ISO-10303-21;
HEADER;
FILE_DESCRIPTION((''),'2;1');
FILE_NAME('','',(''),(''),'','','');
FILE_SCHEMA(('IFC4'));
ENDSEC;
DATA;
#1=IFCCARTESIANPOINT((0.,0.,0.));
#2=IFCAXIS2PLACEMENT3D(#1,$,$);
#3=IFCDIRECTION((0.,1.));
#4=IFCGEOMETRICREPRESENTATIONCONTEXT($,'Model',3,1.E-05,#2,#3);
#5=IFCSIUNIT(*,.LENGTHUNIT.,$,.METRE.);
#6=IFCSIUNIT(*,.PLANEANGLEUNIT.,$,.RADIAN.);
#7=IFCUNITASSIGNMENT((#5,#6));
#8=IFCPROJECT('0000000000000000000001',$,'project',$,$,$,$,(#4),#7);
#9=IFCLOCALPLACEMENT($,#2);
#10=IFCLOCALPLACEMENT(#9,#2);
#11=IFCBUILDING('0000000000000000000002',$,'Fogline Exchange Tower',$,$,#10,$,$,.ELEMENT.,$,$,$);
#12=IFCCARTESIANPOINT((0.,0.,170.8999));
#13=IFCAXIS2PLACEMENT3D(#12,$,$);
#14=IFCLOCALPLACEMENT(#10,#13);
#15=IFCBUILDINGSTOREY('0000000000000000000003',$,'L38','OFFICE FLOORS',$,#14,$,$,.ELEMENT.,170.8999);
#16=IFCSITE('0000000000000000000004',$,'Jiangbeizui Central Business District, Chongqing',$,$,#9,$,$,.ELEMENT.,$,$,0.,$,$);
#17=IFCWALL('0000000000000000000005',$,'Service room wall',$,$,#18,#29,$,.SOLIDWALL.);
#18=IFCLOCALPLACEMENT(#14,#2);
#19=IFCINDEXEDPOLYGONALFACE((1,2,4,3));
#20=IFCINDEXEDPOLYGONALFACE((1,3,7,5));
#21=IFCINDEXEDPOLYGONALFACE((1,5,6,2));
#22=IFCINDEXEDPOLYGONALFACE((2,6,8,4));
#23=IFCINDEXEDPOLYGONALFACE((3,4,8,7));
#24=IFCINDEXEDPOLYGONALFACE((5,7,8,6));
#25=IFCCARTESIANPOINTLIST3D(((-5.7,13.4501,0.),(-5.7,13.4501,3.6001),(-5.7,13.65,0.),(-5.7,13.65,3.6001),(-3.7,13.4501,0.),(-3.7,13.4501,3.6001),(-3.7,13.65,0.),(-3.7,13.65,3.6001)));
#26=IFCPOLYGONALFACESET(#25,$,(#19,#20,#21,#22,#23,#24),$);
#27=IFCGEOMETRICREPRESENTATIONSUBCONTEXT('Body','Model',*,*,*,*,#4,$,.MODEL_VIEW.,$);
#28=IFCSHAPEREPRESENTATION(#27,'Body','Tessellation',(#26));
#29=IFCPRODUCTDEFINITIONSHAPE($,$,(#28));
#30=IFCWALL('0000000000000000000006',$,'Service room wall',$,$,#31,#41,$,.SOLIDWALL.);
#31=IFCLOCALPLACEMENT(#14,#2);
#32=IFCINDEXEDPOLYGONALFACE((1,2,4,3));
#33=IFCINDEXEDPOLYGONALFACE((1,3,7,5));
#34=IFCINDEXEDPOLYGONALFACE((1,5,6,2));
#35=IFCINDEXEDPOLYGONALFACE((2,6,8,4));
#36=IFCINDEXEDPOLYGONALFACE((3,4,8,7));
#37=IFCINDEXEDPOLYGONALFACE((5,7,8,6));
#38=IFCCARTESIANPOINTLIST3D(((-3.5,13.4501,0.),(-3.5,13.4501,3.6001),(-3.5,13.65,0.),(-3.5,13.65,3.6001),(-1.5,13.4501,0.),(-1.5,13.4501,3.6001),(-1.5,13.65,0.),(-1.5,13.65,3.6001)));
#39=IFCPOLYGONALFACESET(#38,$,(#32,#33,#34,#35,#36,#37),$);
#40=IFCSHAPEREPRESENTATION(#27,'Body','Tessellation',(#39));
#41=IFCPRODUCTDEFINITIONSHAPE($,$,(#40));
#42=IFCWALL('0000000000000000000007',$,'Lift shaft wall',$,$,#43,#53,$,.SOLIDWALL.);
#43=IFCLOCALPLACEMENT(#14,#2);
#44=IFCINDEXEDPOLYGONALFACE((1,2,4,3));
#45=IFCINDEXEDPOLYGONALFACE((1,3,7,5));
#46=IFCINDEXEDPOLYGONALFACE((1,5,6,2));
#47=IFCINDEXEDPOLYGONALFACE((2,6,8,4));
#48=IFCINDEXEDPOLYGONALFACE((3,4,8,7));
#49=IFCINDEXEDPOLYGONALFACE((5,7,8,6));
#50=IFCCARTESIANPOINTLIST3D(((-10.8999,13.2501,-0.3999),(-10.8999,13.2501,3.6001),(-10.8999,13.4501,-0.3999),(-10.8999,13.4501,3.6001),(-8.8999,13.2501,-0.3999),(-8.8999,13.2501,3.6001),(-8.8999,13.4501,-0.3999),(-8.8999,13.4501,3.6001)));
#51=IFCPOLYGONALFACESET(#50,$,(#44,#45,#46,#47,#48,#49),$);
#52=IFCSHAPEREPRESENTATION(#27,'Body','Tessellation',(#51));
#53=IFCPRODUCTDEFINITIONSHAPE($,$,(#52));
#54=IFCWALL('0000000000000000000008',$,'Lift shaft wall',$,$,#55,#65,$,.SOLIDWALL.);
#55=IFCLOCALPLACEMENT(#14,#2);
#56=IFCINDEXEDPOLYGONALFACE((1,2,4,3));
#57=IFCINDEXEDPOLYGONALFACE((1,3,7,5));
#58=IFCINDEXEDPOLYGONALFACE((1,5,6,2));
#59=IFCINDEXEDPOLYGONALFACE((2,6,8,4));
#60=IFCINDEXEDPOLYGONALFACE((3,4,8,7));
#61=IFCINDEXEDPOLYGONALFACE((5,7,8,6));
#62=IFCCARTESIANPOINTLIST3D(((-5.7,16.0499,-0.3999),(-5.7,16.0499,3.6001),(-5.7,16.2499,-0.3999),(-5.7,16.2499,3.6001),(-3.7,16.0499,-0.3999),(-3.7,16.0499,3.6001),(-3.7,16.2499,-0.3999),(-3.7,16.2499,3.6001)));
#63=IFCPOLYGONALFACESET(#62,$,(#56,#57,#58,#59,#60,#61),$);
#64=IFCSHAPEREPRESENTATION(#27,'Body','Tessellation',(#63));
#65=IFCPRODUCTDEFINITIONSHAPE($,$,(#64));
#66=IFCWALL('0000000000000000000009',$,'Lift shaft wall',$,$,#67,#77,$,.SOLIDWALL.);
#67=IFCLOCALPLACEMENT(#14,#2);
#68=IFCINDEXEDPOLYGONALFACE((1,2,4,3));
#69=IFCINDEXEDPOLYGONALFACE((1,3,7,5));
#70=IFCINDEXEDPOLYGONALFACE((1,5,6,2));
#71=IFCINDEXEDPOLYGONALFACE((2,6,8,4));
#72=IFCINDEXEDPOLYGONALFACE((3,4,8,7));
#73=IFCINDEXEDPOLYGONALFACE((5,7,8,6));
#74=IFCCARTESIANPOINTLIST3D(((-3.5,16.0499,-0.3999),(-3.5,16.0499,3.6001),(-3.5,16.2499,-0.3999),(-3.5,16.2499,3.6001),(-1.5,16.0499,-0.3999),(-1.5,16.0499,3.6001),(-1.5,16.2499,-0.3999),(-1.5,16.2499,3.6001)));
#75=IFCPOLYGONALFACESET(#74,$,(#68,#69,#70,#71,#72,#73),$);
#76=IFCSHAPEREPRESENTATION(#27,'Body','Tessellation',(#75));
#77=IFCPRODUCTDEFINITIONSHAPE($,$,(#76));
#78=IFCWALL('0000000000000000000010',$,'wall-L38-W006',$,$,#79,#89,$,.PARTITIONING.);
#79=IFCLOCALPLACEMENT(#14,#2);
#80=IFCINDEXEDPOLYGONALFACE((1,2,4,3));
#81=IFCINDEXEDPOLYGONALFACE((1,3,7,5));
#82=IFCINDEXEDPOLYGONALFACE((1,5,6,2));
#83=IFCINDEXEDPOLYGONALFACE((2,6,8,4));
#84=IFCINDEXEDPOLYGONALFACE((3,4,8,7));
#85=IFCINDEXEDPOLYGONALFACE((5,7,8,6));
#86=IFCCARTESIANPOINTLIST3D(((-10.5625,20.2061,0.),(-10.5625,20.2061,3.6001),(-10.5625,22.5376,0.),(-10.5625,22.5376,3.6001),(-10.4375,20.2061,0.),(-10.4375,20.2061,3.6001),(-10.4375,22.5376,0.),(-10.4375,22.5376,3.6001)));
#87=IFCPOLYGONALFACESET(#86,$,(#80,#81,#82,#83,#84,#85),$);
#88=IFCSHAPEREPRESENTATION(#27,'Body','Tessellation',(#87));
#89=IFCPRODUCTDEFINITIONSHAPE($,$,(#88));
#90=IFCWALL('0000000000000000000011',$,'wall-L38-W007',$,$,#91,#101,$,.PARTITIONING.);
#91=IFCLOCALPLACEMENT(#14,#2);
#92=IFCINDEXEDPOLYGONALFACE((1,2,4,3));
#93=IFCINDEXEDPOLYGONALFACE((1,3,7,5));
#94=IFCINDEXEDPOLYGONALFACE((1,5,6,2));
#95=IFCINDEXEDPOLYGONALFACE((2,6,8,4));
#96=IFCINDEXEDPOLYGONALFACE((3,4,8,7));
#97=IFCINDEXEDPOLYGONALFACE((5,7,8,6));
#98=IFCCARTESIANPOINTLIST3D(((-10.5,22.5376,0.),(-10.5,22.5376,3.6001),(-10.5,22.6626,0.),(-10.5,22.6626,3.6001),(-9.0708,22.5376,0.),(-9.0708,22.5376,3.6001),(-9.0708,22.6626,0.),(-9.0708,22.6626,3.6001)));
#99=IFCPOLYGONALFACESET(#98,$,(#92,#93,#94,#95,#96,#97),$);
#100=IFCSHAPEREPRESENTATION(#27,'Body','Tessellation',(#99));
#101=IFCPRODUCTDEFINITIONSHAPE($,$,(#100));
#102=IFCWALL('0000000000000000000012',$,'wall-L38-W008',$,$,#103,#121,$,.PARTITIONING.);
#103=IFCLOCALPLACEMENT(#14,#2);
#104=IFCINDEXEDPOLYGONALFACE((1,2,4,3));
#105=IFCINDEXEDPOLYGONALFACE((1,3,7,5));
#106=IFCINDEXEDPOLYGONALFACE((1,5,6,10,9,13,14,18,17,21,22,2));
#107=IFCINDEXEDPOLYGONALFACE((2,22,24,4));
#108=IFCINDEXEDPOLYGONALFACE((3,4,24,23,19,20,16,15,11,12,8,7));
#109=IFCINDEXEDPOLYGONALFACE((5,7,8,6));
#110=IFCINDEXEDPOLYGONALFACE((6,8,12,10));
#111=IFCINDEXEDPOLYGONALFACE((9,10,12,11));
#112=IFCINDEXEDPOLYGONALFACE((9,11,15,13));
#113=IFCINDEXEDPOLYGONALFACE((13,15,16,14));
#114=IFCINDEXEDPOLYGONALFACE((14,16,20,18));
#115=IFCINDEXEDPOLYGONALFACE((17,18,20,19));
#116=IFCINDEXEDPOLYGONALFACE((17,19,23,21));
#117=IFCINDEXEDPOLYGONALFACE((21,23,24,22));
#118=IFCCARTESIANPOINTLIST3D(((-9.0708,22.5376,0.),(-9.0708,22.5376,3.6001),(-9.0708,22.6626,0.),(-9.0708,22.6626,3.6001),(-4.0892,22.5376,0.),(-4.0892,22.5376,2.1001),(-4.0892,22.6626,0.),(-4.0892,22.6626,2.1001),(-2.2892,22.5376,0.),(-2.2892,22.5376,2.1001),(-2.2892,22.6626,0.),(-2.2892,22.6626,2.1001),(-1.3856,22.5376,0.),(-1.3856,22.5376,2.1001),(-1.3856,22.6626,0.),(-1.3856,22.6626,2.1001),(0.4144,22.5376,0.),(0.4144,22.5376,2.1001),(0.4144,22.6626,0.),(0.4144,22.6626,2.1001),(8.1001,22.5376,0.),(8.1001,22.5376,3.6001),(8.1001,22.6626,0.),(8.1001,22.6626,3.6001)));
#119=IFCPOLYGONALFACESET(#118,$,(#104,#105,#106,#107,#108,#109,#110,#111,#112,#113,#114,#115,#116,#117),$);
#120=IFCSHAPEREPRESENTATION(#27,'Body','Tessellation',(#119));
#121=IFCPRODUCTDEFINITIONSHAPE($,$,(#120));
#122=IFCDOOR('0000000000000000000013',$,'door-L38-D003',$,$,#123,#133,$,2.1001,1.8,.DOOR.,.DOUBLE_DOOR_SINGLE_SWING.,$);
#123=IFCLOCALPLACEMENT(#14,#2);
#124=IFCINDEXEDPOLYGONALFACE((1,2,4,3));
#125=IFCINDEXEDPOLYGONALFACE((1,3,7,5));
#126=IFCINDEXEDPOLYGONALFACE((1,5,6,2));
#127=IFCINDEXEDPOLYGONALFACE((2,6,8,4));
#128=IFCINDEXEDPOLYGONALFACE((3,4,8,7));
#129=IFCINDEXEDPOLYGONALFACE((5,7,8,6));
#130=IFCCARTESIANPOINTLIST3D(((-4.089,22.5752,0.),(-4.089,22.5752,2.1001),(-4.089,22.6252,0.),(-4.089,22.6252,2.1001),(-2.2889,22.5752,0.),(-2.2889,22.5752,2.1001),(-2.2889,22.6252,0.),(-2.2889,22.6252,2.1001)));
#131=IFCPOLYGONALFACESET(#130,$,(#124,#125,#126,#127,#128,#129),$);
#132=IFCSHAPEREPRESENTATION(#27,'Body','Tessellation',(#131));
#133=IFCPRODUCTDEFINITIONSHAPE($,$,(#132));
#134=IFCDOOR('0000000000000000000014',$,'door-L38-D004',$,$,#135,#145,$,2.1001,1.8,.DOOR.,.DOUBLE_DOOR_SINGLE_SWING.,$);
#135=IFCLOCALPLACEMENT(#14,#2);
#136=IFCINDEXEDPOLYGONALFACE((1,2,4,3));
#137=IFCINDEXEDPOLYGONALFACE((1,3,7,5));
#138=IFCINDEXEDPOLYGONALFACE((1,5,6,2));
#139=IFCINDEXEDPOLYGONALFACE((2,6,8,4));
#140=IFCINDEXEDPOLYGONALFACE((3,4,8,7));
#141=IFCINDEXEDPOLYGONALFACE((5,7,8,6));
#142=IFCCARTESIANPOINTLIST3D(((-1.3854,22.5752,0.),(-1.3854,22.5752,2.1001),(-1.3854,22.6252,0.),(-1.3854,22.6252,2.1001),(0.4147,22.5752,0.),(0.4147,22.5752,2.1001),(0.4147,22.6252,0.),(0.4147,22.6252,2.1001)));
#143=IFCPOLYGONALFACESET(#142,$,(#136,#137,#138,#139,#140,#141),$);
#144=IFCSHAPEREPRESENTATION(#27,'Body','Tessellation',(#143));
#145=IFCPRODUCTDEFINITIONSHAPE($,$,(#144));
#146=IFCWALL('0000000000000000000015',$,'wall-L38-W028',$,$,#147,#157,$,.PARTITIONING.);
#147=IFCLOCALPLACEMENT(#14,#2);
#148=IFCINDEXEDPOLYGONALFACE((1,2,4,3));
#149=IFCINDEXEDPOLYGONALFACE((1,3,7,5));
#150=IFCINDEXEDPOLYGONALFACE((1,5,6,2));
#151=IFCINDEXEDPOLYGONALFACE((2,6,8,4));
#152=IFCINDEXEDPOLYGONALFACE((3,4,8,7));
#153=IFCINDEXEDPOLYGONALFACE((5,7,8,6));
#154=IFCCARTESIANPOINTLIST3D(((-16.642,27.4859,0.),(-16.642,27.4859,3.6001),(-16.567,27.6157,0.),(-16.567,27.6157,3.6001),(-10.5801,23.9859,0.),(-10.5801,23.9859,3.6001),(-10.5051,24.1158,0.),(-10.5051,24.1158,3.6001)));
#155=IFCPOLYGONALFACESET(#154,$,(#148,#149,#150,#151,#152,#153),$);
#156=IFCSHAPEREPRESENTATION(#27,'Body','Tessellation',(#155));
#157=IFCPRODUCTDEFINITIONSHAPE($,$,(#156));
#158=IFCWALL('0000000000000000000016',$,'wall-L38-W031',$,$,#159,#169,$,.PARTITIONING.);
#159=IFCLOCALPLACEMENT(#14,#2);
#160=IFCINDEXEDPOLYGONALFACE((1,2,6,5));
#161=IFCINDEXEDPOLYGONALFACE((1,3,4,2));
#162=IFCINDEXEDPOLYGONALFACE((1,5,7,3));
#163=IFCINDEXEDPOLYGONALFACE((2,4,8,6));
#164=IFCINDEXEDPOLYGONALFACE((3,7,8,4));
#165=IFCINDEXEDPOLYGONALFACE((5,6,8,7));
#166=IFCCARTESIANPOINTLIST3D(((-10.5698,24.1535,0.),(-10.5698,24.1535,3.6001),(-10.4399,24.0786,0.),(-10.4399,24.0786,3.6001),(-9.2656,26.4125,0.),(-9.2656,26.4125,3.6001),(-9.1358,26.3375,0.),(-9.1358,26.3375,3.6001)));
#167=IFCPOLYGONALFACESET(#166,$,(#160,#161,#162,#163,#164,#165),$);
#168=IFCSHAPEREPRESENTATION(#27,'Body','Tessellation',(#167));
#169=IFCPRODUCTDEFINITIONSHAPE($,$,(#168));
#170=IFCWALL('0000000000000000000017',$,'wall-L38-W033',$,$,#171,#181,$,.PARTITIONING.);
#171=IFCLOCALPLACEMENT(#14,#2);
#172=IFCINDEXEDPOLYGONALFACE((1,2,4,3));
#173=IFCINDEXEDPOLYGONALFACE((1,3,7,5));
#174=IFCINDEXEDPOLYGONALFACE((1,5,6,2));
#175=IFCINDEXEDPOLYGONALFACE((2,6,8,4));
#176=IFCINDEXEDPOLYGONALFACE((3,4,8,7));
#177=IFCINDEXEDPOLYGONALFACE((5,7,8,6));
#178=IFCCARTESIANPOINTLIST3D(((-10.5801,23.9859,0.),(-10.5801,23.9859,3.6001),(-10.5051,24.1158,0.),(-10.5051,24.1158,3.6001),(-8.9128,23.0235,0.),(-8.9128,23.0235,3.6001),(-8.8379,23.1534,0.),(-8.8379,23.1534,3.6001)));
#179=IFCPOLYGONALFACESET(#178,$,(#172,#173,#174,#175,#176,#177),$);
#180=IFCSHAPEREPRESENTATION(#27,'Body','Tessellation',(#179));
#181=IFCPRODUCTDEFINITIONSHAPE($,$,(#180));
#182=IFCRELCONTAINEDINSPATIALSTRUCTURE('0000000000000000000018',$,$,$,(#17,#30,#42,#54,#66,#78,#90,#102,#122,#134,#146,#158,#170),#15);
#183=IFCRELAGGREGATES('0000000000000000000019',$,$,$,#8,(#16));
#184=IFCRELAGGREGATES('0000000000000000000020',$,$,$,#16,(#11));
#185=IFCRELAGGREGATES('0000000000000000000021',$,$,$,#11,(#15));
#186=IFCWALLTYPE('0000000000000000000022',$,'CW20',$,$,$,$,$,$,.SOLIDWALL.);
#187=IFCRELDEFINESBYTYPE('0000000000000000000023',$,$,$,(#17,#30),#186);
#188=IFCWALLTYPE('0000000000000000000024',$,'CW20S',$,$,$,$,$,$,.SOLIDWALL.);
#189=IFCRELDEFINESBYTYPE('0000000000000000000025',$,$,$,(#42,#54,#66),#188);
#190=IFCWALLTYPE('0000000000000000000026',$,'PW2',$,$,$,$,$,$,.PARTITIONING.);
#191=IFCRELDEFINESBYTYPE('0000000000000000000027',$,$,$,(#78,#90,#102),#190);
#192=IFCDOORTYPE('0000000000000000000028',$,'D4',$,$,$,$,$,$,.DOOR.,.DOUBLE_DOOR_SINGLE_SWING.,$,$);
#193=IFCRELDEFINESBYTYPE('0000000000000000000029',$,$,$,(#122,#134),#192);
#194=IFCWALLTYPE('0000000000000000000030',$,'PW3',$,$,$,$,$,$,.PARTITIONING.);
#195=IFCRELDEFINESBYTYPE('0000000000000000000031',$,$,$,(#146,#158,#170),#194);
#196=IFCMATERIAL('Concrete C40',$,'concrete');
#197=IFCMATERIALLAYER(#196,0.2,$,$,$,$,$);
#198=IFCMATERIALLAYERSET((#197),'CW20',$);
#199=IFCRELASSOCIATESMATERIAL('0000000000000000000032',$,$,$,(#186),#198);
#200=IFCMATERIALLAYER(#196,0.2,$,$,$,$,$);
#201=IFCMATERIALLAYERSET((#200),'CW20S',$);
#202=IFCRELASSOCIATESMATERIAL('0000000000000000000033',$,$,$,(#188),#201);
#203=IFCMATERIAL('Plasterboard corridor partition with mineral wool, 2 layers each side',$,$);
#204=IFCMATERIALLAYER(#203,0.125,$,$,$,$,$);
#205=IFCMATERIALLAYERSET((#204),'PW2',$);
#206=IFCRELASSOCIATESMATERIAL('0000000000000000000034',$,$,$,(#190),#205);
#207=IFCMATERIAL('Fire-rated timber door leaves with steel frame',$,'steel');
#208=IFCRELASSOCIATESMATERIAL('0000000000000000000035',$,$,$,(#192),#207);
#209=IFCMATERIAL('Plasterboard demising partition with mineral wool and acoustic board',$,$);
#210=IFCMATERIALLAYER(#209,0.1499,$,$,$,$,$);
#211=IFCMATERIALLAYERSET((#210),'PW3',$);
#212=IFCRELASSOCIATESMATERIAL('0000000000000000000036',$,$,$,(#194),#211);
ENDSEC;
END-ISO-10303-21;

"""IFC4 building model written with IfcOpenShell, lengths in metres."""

from ifc_helpers import new_model, si_unit, direction, frame, frame_2d, origin, place, context, subcontext, project, spatial, rectangle, extrude, material, layer, layer_set, type_object, element, fill, save


model = new_model("IFC4")

# Units and contexts
model_context = context("Model", 3, precision=1e-05, world=origin(), true_north=direction((0.0, 1.0)))
body_context = subcontext(model_context, "Body", "Model", "MODEL_VIEW")
ifc_project = project(units=[si_unit("LENGTHUNIT", "METRE"), si_unit("PLANEANGLEUNIT", "RADIAN")], contexts=[model_context])

# Site, building, storey
site_placement = place(None, origin())
site = spatial("IfcSite", under=ifc_project, at=site_placement, Name="Jiangbeizui Central Business District, Chongqing", CompositionType="ELEMENT", RefElevation=0.0)
building_placement = place(site_placement, origin())
building = spatial("IfcBuilding", under=site, at=building_placement, Name="Fogline Exchange Tower", CompositionType="ELEMENT")
storey_placement = place(building_placement, frame((0.0, 0.0, 170.8999)))
storey = spatial("IfcBuildingStorey", under=building, at=storey_placement, Name="L38", Description="OFFICE FLOORS", CompositionType="ELEMENT", Elevation=170.8999)

# Shared definitions
ifc_material_1 = material(Name="Concrete C40", Category="concrete")

# Walls
ifc_layer_1 = layer(ifc_material_1, 0.2)
ifc_layer_set_1 = layer_set([ifc_layer_1], Name="CW20")
wall_type_1 = type_object("IfcWallType", Name="CW20", PredefinedType="SOLIDWALL", material=ifc_layer_set_1)
for number, where, z_axis, x_axis, name in (
    (1, (-5.7, 13.55, 0.0), (0.0, 0.0, 1.0), (1.0, 0.0, 0.0), "Service room wall"),
    (2, (-3.5, 13.55, 0.0), (0.0, 0.0, 1.0), (1.0, 0.0, 0.0), "Service room wall"),
):
    element("IfcWall", number, at=place(storey_placement, frame(where, z_axis=z_axis, x_axis=x_axis)), inside=storey, type_object=wall_type_1, Name=name, PredefinedType="SOLIDWALL", context=body_context, shape_type="SweptSolid", body=[
        extrude(rectangle(XDim=2.0, YDim=0.2, at=frame_2d((1.0, 0.0))), origin(), (0.0, 0.0, 1.0), 3.6001),
    ])
ifc_layer_2 = layer(ifc_material_1, 0.2)
ifc_layer_set_2 = layer_set([ifc_layer_2], Name="CW20S")
wall_type_2 = type_object("IfcWallType", Name="CW20S", PredefinedType="SOLIDWALL", material=ifc_layer_set_2)
for number, where, z_axis, x_axis, name in (
    (3, (-10.8999, 13.3501, -0.3999), (0.0, 0.0, 1.0), (1.0, 0.0, 0.0), "Lift shaft wall"),
    (4, (-5.7, 16.1499, -0.3999), (0.0, 0.0, 1.0), (1.0, 0.0, 0.0), "Lift shaft wall"),
    (5, (-3.5, 16.1499, -0.3999), (0.0, 0.0, 1.0), (1.0, 0.0, 0.0), "Lift shaft wall"),
):
    element("IfcWall", number, at=place(storey_placement, frame(where, z_axis=z_axis, x_axis=x_axis)), inside=storey, type_object=wall_type_2, Name=name, PredefinedType="SOLIDWALL", context=body_context, shape_type="SweptSolid", body=[
        extrude(rectangle(XDim=2.0, YDim=0.2, at=frame_2d((1.0, 0.0))), origin(), (0.0, 0.0, 1.0), 4.0),
    ])
ifc_material_2 = material(Name="Plasterboard corridor partition with mineral wool, 2 layers each side")
ifc_layer_3 = layer(ifc_material_2, 0.125)
ifc_layer_set_3 = layer_set([ifc_layer_3], Name="PW2")
wall_type_3 = type_object("IfcWallType", Name="PW2", PredefinedType="PARTITIONING", material=ifc_layer_set_3)
wall_1_placement = place(storey_placement, frame((-10.5, 20.2061, 0.0), z_axis=(0.0, 0.0, 1.0), x_axis=(0.0, 1.0, 0.0)))
element("IfcWall", 6, at=wall_1_placement, inside=storey, type_object=wall_type_3, Name="wall-L38-W006", PredefinedType="PARTITIONING", context=body_context, shape_type="SweptSolid", body=[
    extrude(rectangle(XDim=2.3315, YDim=0.125, at=frame_2d((1.1658, 0.0))), origin(), (0.0, 0.0, 1.0), 3.6001),
])
wall_2_placement = place(storey_placement, frame((-10.5, 22.6001, 0.0), z_axis=(0.0, 0.0, 1.0), x_axis=(1.0, 0.0, 0.0)))
element("IfcWall", 7, at=wall_2_placement, inside=storey, type_object=wall_type_3, Name="wall-L38-W007", PredefinedType="PARTITIONING", context=body_context, shape_type="SweptSolid", body=[
    extrude(rectangle(XDim=1.4292, YDim=0.125, at=frame_2d((0.7146, 0.0))), origin(), (0.0, 0.0, 1.0), 3.6001),
])

# Wall, openings, doors
wall_3_placement = place(storey_placement, frame((-9.0708, 22.6001, 0.0), z_axis=(0.0, 0.0, 1.0), x_axis=(1.0, 0.0, 0.0)))
wall_3 = element("IfcWall", 8, at=wall_3_placement, inside=storey, type_object=wall_type_3, Name="wall-L38-W008", PredefinedType="PARTITIONING", context=body_context, shape_type="SweptSolid", body=[
    extrude(rectangle(XDim=17.1709, YDim=0.125, at=frame_2d((8.5854, 0.0))), origin(), (0.0, 0.0, 1.0), 3.6001),
])
opening_1_placement = place(wall_3_placement, frame((4.9817, 0.0, 0.0)))
opening_1 = element("IfcOpeningElement", 9, at=opening_1_placement, cuts=wall_3, PredefinedType="OPENING", context=body_context, shape_type="SweptSolid", body=[
    extrude(rectangle(XDim=1.8, YDim=2.1001, at=frame_2d((0.8999, 1.05))), frame((0.0, 0.0725, 0.0), z_axis=(0.0, -1.0, 0.0), x_axis=(1.0, 0.0, 0.0)), (0.0, 0.0, 1.0), 0.145),
])
opening_2_placement = place(wall_3_placement, frame((7.6853, 0.0, 0.0)))
opening_2 = element("IfcOpeningElement", 10, at=opening_2_placement, cuts=wall_3, PredefinedType="OPENING", context=body_context, shape_type="SweptSolid", body=[
    extrude(rectangle(XDim=1.8, YDim=2.1001, at=frame_2d((0.8999, 1.05))), frame((0.0, 0.0725, 0.0), z_axis=(0.0, -1.0, 0.0), x_axis=(1.0, 0.0, 0.0)), (0.0, 0.0, 1.0), 0.145),
])
ifc_material_3 = material(Name="Fire-rated timber door leaves with steel frame", Category="steel")
door_type = type_object("IfcDoorType", Name="D4", OperationType="DOUBLE_DOOR_SINGLE_SWING", PredefinedType="DOOR", material=ifc_material_3)
door_1_placement = place(opening_1_placement, frame((1.8, 0.0, 0.0), z_axis=(0.0, 0.0, 1.0), x_axis=(-1.0, 0.0, 0.0)))
door_1 = element("IfcDoor", 11, at=door_1_placement, inside=storey, type_object=door_type, Name="door-L38-D003", OperationType="DOUBLE_DOOR_SINGLE_SWING", OverallHeight=2.1001, OverallWidth=1.8, PredefinedType="DOOR", context=body_context, shape_type="SweptSolid", body=[
    extrude(rectangle(XDim=1.8, YDim=2.1001, at=frame_2d((0.8999, 1.05))), frame((0.0, 0.0249, 0.0), z_axis=(0.0, -1.0, 0.0), x_axis=(1.0, 0.0, 0.0)), (0.0, 0.0, 1.0), 0.05),
])
fill(opening_1, door_1)
door_2_placement = place(opening_2_placement, frame((1.8, 0.0, 0.0), z_axis=(0.0, 0.0, 1.0), x_axis=(-1.0, 0.0, 0.0)))
door_2 = element("IfcDoor", 12, at=door_2_placement, inside=storey, type_object=door_type, Name="door-L38-D004", OperationType="DOUBLE_DOOR_SINGLE_SWING", OverallHeight=2.1001, OverallWidth=1.8, PredefinedType="DOOR", context=body_context, shape_type="SweptSolid", body=[
    extrude(rectangle(XDim=1.8, YDim=2.1001, at=frame_2d((0.8999, 1.05))), frame((0.0, 0.0249, 0.0), z_axis=(0.0, -1.0, 0.0), x_axis=(1.0, 0.0, 0.0)), (0.0, 0.0, 1.0), 0.05),
])
fill(opening_2, door_2)

# Walls
ifc_material_4 = material(Name="Plasterboard demising partition with mineral wool and acoustic board")
ifc_layer_4 = layer(ifc_material_4, 0.1499)
ifc_layer_set_4 = layer_set([ifc_layer_4], Name="PW3")
wall_type_4 = type_object("IfcWallType", Name="PW3", PredefinedType="PARTITIONING", material=ifc_layer_set_4)
wall_4_placement = place(storey_placement, frame((-10.5425, 24.0508, 0.0), z_axis=(0.0, 0.0, 1.0), x_axis=(-0.866019, 0.50001, 0.0)))
element("IfcWall", 13, at=wall_4_placement, inside=storey, type_object=wall_type_4, Name="wall-L38-W028", PredefinedType="PARTITIONING", context=body_context, shape_type="SweptSolid", body=[
    extrude(rectangle(XDim=6.9998, YDim=0.1499, at=frame_2d((3.5, 0.0))), origin(), (0.0, 0.0, 1.0), 3.6001),
])
wall_5_placement = place(storey_placement, frame((-9.2007, 26.375, 0.0), z_axis=(0.0, 0.0, 1.0), x_axis=(-0.499984, -0.866034, 0.0)))
element("IfcWall", 14, at=wall_5_placement, inside=storey, type_object=wall_type_4, Name="wall-L38-W031", PredefinedType="PARTITIONING", context=body_context, shape_type="SweptSolid", body=[
    extrude(rectangle(XDim=2.6084, YDim=0.1499, at=frame_2d((1.3042, 0.0))), origin(), (0.0, 0.0, 1.0), 3.6001),
])
wall_6_placement = place(storey_placement, frame((-10.5425, 24.0508, 0.0), z_axis=(0.0, 0.0, 1.0), x_axis=(0.866065, -0.499931, 0.0)))
element("IfcWall", 15, at=wall_6_placement, inside=storey, type_object=wall_type_4, Name="wall-L38-W033", PredefinedType="PARTITIONING", context=body_context, shape_type="SweptSolid", body=[
    extrude(rectangle(XDim=1.925, YDim=0.1499, at=frame_2d((0.9624, 0.0))), origin(), (0.0, 0.0, 1.0), 3.6001),
])

save(model, "model.ifc")
